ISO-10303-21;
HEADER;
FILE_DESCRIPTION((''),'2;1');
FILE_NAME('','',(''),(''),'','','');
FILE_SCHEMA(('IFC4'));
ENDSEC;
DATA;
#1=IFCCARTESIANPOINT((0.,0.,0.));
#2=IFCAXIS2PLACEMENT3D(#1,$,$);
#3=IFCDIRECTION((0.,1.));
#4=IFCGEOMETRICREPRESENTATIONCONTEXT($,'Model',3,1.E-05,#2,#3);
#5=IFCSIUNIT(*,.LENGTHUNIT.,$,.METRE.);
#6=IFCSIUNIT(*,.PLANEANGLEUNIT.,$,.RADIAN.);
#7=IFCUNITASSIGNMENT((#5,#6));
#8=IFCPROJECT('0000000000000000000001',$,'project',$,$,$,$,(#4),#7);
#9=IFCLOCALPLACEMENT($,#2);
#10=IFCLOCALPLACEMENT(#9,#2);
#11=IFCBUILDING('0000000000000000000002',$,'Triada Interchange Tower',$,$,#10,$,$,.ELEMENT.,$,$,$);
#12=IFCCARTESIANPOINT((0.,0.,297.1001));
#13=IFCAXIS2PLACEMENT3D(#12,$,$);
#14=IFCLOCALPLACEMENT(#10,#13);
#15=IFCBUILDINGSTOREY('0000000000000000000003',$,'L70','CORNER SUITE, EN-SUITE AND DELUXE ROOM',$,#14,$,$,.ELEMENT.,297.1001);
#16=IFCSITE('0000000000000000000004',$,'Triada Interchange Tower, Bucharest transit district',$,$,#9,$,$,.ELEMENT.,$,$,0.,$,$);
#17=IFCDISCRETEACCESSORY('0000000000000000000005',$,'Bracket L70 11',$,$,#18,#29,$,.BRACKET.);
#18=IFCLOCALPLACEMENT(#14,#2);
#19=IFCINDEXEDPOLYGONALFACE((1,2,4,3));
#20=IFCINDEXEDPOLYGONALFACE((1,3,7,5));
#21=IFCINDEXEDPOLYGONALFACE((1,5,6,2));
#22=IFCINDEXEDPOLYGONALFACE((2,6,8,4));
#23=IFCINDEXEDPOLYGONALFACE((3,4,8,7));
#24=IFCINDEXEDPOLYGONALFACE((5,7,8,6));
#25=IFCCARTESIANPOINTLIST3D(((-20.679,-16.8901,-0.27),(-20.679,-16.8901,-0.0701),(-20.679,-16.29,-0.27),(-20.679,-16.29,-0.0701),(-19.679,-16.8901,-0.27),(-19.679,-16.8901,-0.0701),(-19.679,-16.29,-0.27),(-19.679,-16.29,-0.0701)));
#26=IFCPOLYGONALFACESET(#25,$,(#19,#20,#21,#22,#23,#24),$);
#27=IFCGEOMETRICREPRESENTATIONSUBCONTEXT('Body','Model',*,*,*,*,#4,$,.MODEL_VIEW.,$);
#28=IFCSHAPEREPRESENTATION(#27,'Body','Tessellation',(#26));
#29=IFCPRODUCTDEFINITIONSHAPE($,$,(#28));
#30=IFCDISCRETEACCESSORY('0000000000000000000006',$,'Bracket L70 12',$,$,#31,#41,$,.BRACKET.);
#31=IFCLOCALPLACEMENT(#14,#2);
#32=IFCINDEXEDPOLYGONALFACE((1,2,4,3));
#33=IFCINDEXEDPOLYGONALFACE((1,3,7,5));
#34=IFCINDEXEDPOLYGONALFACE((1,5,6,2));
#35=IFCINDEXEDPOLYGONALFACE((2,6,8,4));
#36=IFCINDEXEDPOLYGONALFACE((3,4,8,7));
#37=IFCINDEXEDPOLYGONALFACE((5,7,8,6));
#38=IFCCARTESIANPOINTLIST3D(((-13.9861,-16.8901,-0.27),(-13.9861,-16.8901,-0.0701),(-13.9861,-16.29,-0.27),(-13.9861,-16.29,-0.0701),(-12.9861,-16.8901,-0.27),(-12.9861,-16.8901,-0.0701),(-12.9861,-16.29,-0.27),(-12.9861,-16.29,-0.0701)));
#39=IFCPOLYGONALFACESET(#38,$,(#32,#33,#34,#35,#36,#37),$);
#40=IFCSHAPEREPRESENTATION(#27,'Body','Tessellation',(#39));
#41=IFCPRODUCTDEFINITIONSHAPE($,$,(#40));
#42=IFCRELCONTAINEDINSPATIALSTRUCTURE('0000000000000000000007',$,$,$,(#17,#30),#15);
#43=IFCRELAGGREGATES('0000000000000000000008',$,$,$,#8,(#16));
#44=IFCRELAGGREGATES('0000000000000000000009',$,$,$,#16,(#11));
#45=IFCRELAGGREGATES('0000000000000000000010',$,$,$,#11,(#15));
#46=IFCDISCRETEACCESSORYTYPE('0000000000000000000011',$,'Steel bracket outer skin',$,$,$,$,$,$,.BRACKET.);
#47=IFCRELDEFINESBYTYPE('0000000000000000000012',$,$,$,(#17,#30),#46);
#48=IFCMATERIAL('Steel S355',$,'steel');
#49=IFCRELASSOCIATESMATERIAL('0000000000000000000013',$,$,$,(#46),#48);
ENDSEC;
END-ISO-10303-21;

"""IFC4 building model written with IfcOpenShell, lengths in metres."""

from ifc_helpers import new_model, si_unit, direction, frame, origin, origin_2d, place, context, subcontext, project, spatial, rectangle, extrude, material, type_object, element, save


model = new_model("IFC4")

# Units and contexts
model_context = context("Model", 3, precision=1e-05, world=origin(), true_north=direction((0.0, 1.0)))
body_context = subcontext(model_context, "Body", "Model", "MODEL_VIEW")
ifc_project = project(units=[si_unit("LENGTHUNIT", "METRE"), si_unit("PLANEANGLEUNIT", "RADIAN")], contexts=[model_context])

# Site, building, storey
site_placement = place(None, origin())
site = spatial("IfcSite", under=ifc_project, at=site_placement, Name="Triada Interchange Tower, Bucharest transit district", CompositionType="ELEMENT", RefElevation=0.0)
building_placement = place(site_placement, origin())
building = spatial("IfcBuilding", under=site, at=building_placement, Name="Triada Interchange Tower", CompositionType="ELEMENT")
storey_placement = place(building_placement, frame((0.0, 0.0, 297.1001)))
storey = spatial("IfcBuildingStorey", under=building, at=storey_placement, Name="L70", Description="CORNER SUITE, EN-SUITE AND DELUXE ROOM", CompositionType="ELEMENT", Elevation=297.1001)

# Discrete accessories
ifc_material_1 = material(Name="Steel S355", Category="steel")
discrete_accessory_type = type_object("IfcDiscreteAccessoryType", Name="Steel bracket outer skin", PredefinedType="BRACKET", material=ifc_material_1)
for number, where, z_axis, x_axis, name in (
    (1, (-20.179, -16.5901, -0.27), (0.0, 0.0, 1.0), (0.0, -1.0, 0.0), "Bracket L70 11"),
    (2, (-13.4861, -16.5901, -0.27), (0.0, 0.0, 1.0), (0.0, -1.0, 0.0), "Bracket L70 12"),
):
    element("IfcDiscreteAccessory", number, at=place(storey_placement, frame(where, z_axis=z_axis, x_axis=x_axis)), inside=storey, type_object=discrete_accessory_type, Name=name, PredefinedType="BRACKET", context=body_context, shape_type="SweptSolid", body=[
        extrude(rectangle(XDim=0.6001, YDim=1.0, at=origin_2d()), origin(), (0.0, 0.0, 1.0), 0.2),
    ])

save(model, "model.ifc")
